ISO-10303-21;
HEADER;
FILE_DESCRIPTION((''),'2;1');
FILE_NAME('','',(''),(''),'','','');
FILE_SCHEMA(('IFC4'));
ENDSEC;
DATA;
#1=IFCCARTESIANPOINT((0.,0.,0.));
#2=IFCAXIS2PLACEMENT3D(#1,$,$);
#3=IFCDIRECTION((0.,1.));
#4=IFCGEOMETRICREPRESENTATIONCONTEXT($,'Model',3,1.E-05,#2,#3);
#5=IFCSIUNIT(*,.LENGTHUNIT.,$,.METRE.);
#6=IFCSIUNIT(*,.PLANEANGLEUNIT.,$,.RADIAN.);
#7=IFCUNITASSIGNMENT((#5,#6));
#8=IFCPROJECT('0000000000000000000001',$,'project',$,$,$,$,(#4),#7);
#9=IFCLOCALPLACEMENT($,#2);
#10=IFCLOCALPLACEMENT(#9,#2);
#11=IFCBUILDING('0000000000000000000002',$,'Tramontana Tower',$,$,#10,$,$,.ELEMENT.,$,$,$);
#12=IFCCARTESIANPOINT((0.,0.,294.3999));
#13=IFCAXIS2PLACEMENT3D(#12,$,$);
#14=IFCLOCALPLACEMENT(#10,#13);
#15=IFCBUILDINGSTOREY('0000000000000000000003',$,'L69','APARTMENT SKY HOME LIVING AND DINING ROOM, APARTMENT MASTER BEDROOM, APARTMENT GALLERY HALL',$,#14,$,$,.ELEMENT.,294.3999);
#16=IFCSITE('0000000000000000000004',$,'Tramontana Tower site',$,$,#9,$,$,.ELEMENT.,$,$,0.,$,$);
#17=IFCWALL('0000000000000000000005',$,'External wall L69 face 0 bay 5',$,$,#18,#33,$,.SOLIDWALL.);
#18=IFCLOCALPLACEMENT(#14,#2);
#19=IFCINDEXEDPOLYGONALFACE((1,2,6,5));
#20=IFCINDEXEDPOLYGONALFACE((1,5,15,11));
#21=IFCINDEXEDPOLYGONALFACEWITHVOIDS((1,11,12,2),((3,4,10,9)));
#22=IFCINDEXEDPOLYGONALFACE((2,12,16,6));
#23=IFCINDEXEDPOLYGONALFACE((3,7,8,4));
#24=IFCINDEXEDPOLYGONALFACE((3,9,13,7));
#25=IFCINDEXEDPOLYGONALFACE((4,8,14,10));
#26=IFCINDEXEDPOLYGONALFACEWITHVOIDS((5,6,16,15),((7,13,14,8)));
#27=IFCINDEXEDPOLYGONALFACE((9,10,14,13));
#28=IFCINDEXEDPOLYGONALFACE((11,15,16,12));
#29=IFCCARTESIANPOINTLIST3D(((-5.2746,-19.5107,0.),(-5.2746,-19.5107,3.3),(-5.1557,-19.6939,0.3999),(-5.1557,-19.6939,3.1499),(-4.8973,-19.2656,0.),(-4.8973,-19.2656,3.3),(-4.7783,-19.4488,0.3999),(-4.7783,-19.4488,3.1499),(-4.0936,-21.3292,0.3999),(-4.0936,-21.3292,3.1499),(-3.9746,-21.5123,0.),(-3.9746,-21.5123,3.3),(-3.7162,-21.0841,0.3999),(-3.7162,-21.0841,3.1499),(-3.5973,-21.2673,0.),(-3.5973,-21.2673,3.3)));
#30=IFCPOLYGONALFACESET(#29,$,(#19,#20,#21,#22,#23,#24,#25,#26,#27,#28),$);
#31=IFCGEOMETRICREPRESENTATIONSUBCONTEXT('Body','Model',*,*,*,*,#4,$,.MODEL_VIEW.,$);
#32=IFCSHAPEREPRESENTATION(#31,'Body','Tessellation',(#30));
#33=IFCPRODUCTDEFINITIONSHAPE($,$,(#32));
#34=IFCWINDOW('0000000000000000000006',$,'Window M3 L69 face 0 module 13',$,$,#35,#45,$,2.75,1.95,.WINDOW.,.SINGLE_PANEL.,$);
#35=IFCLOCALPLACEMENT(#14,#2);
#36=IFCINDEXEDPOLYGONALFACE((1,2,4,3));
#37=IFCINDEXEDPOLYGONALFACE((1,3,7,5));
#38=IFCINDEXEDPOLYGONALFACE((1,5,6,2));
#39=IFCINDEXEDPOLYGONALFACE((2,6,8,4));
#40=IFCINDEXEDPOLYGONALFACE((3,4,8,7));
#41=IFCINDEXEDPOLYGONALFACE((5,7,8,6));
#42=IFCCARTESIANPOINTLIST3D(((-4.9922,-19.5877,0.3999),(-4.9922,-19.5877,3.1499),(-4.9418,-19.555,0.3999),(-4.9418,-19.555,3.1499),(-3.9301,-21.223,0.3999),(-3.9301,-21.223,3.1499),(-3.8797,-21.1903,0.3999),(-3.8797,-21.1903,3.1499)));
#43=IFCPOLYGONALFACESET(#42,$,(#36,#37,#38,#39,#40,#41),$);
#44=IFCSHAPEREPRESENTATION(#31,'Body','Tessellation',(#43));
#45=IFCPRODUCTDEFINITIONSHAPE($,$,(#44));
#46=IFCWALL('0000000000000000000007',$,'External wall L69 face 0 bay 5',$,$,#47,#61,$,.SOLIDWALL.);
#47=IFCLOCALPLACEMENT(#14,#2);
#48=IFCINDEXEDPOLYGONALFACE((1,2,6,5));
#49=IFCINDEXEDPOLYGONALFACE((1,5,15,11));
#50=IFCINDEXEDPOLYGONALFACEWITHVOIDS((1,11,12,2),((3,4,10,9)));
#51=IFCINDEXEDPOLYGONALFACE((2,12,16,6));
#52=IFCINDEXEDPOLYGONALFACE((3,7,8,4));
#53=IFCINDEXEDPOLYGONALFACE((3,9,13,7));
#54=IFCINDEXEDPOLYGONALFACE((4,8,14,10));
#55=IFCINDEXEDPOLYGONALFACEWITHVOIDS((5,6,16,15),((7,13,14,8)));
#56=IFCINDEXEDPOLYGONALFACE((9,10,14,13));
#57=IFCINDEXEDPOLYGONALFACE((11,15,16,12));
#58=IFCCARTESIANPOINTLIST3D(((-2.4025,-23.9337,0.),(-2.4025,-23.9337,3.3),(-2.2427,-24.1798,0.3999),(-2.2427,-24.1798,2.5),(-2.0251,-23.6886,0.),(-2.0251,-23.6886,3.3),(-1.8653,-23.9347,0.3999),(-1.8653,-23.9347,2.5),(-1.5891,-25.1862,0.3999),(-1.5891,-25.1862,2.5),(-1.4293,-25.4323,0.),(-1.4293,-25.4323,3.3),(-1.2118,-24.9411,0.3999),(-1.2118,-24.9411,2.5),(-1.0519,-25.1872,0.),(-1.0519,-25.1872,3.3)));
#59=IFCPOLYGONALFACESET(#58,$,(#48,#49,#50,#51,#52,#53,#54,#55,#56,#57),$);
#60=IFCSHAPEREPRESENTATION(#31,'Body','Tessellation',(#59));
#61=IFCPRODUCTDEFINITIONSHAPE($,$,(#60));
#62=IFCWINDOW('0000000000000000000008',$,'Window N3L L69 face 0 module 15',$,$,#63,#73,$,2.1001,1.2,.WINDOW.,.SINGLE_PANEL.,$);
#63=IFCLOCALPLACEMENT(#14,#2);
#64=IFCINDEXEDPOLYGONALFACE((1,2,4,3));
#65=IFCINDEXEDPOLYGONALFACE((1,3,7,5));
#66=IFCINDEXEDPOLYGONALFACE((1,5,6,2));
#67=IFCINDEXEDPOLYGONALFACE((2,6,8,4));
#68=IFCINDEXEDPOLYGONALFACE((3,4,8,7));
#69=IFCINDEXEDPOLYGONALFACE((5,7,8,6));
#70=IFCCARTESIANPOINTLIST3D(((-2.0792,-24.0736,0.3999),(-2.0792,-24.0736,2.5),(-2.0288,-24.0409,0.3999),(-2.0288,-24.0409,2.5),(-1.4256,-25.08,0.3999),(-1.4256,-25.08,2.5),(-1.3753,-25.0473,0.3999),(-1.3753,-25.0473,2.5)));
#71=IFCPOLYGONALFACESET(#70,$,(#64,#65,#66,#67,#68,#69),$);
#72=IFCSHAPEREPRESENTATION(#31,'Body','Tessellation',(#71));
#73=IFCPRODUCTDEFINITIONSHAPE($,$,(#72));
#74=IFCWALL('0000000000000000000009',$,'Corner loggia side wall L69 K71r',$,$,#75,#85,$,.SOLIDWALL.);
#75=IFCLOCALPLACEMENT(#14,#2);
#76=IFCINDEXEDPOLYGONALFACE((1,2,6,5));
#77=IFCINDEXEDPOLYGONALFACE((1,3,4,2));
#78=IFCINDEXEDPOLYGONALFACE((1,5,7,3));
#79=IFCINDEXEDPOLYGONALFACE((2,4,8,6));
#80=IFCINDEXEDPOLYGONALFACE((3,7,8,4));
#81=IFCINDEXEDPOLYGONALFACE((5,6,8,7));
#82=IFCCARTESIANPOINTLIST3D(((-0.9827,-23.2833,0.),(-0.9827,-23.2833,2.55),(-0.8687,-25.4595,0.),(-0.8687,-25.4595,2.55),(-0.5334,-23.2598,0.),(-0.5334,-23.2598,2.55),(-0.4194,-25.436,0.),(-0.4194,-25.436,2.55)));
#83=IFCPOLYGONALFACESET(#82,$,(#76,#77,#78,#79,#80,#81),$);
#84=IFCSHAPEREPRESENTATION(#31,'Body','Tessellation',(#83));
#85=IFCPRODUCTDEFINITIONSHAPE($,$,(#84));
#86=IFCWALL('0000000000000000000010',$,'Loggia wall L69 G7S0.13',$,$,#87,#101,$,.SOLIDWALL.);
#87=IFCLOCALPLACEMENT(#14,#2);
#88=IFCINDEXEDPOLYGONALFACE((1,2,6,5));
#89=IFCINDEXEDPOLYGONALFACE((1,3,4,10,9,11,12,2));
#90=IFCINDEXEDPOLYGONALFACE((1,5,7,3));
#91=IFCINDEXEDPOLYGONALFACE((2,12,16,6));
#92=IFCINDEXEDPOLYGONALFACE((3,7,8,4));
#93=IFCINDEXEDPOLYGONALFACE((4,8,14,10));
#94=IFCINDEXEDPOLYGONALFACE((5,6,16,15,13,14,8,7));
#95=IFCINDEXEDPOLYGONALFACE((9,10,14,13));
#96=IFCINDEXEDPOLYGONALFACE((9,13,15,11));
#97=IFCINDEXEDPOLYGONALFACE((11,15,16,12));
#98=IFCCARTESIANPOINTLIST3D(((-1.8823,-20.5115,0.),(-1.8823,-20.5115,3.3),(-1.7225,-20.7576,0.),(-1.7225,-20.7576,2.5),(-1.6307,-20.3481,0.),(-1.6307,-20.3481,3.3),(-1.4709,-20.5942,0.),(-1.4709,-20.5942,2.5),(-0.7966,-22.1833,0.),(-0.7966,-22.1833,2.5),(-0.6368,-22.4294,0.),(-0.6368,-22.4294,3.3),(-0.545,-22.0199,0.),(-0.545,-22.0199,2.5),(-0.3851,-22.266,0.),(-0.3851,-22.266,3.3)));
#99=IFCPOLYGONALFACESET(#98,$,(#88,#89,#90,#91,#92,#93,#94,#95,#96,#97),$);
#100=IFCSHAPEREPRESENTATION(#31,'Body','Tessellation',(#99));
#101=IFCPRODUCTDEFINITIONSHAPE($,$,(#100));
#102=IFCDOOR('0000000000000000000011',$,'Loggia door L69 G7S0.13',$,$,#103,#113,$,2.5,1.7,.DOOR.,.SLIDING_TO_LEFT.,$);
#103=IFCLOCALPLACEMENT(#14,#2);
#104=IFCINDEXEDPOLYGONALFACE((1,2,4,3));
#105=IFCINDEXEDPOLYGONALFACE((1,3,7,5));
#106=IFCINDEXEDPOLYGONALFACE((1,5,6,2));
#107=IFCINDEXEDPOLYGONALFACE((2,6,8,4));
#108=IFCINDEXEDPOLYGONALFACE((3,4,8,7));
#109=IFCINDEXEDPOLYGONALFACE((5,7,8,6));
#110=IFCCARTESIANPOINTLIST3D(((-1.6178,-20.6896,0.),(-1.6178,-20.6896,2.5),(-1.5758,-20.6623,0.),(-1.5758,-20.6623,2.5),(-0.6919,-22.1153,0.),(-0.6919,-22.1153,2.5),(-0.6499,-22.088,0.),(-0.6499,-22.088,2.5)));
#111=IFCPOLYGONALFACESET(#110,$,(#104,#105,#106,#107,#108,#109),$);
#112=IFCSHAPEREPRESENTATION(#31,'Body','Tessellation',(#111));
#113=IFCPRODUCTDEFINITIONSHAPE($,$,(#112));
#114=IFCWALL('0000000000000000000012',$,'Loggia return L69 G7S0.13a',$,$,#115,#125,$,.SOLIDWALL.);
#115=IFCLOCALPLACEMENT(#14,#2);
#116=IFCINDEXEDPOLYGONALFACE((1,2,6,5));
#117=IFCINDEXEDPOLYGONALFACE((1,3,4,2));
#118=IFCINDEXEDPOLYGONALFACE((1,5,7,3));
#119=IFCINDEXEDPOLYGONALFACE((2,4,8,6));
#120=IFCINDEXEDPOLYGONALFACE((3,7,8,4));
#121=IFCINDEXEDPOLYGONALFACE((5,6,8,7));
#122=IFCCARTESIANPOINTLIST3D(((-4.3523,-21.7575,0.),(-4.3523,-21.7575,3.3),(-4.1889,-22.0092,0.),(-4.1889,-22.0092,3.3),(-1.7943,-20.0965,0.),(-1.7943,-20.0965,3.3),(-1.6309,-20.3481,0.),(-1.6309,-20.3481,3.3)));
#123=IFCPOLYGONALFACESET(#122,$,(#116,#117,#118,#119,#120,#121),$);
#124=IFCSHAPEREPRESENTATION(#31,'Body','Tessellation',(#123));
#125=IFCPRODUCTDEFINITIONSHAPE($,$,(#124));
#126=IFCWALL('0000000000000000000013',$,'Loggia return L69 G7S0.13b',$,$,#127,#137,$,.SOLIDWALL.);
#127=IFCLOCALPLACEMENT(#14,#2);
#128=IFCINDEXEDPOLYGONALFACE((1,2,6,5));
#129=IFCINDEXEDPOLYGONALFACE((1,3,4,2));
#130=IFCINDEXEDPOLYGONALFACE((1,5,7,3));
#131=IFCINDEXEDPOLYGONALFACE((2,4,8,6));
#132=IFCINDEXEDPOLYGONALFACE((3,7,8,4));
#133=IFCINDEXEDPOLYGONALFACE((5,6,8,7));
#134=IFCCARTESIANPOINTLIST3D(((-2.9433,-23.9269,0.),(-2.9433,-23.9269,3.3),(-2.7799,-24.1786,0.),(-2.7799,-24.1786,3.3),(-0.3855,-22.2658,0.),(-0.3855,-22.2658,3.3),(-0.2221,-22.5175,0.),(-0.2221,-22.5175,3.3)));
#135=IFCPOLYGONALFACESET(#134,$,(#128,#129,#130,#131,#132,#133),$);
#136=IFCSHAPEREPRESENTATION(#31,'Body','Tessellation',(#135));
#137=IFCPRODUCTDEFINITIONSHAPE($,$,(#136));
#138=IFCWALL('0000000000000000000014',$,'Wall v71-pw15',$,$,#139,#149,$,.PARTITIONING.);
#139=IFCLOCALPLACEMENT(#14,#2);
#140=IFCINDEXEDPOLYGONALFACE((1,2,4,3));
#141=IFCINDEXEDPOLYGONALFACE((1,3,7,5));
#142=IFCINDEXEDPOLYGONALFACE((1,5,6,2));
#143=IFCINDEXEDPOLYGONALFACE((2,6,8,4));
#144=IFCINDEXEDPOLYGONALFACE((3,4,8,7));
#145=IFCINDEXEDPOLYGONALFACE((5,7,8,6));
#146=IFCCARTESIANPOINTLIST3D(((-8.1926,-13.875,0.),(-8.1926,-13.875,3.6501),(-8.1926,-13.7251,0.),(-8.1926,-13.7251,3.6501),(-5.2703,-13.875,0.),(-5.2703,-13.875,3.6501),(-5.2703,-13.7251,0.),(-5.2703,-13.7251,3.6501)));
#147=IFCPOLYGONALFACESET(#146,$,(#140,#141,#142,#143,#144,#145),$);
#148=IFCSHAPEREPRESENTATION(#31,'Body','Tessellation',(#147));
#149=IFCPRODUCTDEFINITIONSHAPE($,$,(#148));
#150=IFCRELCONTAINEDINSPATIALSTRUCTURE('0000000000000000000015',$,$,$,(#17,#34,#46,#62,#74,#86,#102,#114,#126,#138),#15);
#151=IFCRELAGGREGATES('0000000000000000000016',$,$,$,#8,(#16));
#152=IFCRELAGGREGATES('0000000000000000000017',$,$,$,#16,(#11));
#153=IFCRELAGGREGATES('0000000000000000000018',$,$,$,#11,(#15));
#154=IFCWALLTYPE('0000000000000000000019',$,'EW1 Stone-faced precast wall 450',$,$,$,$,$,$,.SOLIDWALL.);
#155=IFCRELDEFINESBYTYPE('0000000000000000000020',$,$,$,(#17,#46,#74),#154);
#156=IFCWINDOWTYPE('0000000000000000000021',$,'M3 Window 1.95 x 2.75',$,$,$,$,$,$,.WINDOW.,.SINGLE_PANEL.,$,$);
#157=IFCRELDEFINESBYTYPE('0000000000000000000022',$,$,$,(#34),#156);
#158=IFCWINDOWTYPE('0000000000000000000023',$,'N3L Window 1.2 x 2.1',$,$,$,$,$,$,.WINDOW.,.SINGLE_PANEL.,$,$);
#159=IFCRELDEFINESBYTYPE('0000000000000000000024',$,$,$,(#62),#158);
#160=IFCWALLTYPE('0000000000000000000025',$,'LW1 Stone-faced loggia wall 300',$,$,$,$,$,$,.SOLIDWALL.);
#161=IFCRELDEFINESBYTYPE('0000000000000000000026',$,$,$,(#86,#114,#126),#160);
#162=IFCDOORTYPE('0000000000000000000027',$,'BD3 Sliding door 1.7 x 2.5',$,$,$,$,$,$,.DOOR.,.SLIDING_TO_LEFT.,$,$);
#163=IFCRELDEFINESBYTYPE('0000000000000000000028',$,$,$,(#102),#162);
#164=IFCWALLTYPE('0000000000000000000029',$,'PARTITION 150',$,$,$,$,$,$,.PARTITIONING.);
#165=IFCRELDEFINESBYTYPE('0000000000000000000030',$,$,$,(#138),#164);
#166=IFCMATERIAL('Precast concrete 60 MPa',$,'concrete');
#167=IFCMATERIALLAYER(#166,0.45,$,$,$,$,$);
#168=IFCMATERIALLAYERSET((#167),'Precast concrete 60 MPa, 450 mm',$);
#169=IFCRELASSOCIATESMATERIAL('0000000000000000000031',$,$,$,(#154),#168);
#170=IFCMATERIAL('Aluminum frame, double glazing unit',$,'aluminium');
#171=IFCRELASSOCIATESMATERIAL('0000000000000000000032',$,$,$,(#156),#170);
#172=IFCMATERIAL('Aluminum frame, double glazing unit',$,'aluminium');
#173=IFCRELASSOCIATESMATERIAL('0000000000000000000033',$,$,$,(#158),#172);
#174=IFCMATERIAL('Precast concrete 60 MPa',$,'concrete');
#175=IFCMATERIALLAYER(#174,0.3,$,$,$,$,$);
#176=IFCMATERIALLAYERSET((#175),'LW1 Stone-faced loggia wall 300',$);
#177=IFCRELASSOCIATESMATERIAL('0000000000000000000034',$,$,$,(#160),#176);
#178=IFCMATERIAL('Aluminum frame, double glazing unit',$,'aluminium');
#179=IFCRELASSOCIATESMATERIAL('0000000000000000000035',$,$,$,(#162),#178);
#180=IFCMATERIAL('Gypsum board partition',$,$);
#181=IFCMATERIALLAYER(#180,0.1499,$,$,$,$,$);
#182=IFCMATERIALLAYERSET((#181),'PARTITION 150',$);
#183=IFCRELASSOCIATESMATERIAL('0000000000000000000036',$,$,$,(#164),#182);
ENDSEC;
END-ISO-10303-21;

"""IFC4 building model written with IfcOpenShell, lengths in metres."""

from ifc_helpers import new_model, si_unit, direction, frame, frame_2d, origin, place, context, subcontext, project, spatial, rectangle, extrude, material, layer, layer_set, type_object, element, fill, save


model = new_model("IFC4")

# Units and contexts
model_context = context("Model", 3, precision=1e-05, world=origin(), true_north=direction((0.0, 1.0)))
body_context = subcontext(model_context, "Body", "Model", "MODEL_VIEW")
ifc_project = project(units=[si_unit("LENGTHUNIT", "METRE"), si_unit("PLANEANGLEUNIT", "RADIAN")], contexts=[model_context])

# Site, building, storey
site_placement = place(None, origin())
site = spatial("IfcSite", under=ifc_project, at=site_placement, Name="Tramontana Tower site", CompositionType="ELEMENT", RefElevation=0.0)
building_placement = place(site_placement, origin())
building = spatial("IfcBuilding", under=site, at=building_placement, Name="Tramontana Tower", CompositionType="ELEMENT")
storey_placement = place(building_placement, frame((0.0, 0.0, 294.3999)))
storey = spatial("IfcBuildingStorey", under=building, at=storey_placement, Name="L69", Description="APARTMENT SKY HOME LIVING AND DINING ROOM, APARTMENT MASTER BEDROOM, APARTMENT GALLERY HALL", CompositionType="ELEMENT", Elevation=294.3999)

# Shared definitions
ifc_material_1 = material(Name="Precast concrete 60 MPa", Category="concrete")
ifc_layer_1 = layer(ifc_material_1, 0.45)
ifc_layer_set_1 = layer_set([ifc_layer_1], Name="Precast concrete 60 MPa, 450 mm")
wall_type_1 = type_object("IfcWallType", Name="EW1 Stone-faced precast wall 450", PredefinedType="SOLIDWALL", material=ifc_layer_set_1)
ifc_material_2 = material(Name="Aluminum frame, double glazing unit", Category="aluminium")
window_type_1 = type_object("IfcWindowType", Name="M3 Window 1.95 x 2.75", PartitioningType="SINGLE_PANEL", PredefinedType="WINDOW", material=ifc_material_2)

# Walls, openings, windows
wall_1_placement = place(storey_placement, frame((-5.0859, -19.3882, 0.0), z_axis=(0.0, 0.0, 1.0), x_axis=(0.544676, -0.838647, 0.0)))
wall_1 = element("IfcWall", 1, at=wall_1_placement, inside=storey, type_object=wall_type_1, Name="External wall L69 face 0 bay 5", PredefinedType="SOLIDWALL", context=body_context, shape_type="SweptSolid", body=[
    extrude(rectangle(XDim=2.3867, YDim=0.45, at=frame_2d((1.1934, 0.0))), origin(), (0.0, 0.0, 1.0), 3.3),
])
opening_1_placement = place(wall_1_placement, frame((0.2183, 0.0, 0.3999)))
opening_1 = element("IfcOpeningElement", 2, at=opening_1_placement, cuts=wall_1, PredefinedType="OPENING", context=body_context, shape_type="SweptSolid", body=[
    extrude(rectangle(XDim=1.95, YDim=2.75, at=frame_2d((0.9751, 1.375))), frame((0.0, 0.2349, 0.0), z_axis=(0.0, -1.0, 0.0), x_axis=(1.0, 0.0, 0.0)), (0.0, 0.0, 1.0), 0.47),
])
window_1_placement = place(opening_1_placement, origin())
window_1 = element("IfcWindow", 3, at=window_1_placement, inside=storey, type_object=window_type_1, Name="Window M3 L69 face 0 module 13", OverallHeight=2.75, OverallWidth=1.95, PartitioningType="SINGLE_PANEL", PredefinedType="WINDOW", context=body_context, shape_type="SweptSolid", body=[
    extrude(rectangle(XDim=1.95, YDim=2.75, at=frame_2d((0.9751, 1.375))), frame((0.0, 0.03, 0.0), z_axis=(0.0, -1.0, 0.0), x_axis=(1.0, 0.0, 0.0)), (0.0, 0.0, 1.0), 0.0601),
])
fill(opening_1, window_1)
wall_2_placement = place(storey_placement, frame((-2.2139, -23.811, 0.0), z_axis=(0.0, 0.0, 1.0), x_axis=(0.544633, -0.838675, 0.0)))
wall_2 = element("IfcWall", 4, at=wall_2_placement, inside=storey, type_object=wall_type_1, Name="External wall L69 face 0 bay 5", PredefinedType="SOLIDWALL", context=body_context, shape_type="SweptSolid", body=[
    extrude(rectangle(XDim=1.7869, YDim=0.45, at=frame_2d((0.8936, 0.0))), origin(), (0.0, 0.0, 1.0), 3.3),
])
opening_2_placement = place(wall_2_placement, frame((0.2935, 0.0, 0.3999)))
opening_2 = element("IfcOpeningElement", 5, at=opening_2_placement, cuts=wall_2, PredefinedType="OPENING", context=body_context, shape_type="SweptSolid", body=[
    extrude(rectangle(XDim=1.2, YDim=2.1001, at=frame_2d((0.6001, 1.05))), frame((0.0, 0.2349, 0.0), z_axis=(0.0, -1.0, 0.0), x_axis=(1.0, 0.0, 0.0)), (0.0, 0.0, 1.0), 0.47),
])
ifc_material_3 = material(Name="Aluminum frame, double glazing unit", Category="aluminium")
window_type_2 = type_object("IfcWindowType", Name="N3L Window 1.2 x 2.1", PartitioningType="SINGLE_PANEL", PredefinedType="WINDOW", material=ifc_material_3)
window_2_placement = place(opening_2_placement, origin())
window_2 = element("IfcWindow", 6, at=window_2_placement, inside=storey, type_object=window_type_2, Name="Window N3L L69 face 0 module 15", OverallHeight=2.1001, OverallWidth=1.2, PartitioningType="SINGLE_PANEL", PredefinedType="WINDOW", context=body_context, shape_type="SweptSolid", body=[
    extrude(rectangle(XDim=1.2, YDim=2.1001, at=frame_2d((0.6001, 1.05))), frame((0.0, 0.03, 0.0), z_axis=(0.0, -1.0, 0.0), x_axis=(1.0, 0.0, 0.0)), (0.0, 0.0, 1.0), 0.0601),
])
fill(opening_2, window_2)

# Wall
wall_3_placement = place(storey_placement, frame((-0.644, -25.4478, 0.0), z_axis=(0.0, 0.0, 1.0), x_axis=(-0.052318, 0.99863, 0.0)))
element("IfcWall", 7, at=wall_3_placement, inside=storey, type_object=wall_type_1, Name="Corner loggia side wall L69 K71r", PredefinedType="SOLIDWALL", context=body_context, shape_type="SweptSolid", body=[
    extrude(rectangle(XDim=2.1792, YDim=0.45, at=frame_2d((1.0896, 0.0))), origin(), (0.0, 0.0, 1.0), 2.55),
])

# Wall, opening, door
ifc_material_4 = material(Name="Precast concrete 60 MPa", Category="concrete")
ifc_layer_2 = layer(ifc_material_4, 0.3)
ifc_layer_set_2 = layer_set([ifc_layer_2], Name="LW1 Stone-faced loggia wall 300")
wall_type_2 = type_object("IfcWallType", Name="LW1 Stone-faced loggia wall 300", PredefinedType="SOLIDWALL", material=ifc_layer_set_2)
wall_4_placement = place(storey_placement, frame((-1.7566, -20.4297, 0.0), z_axis=(0.0, 0.0, 1.0), x_axis=(0.544658, -0.838658, 0.0)))
wall_4 = element("IfcWall", 8, at=wall_4_placement, inside=storey, type_object=wall_type_2, Name="Loggia wall L69 G7S0.13", PredefinedType="SOLIDWALL", context=body_context, shape_type="SweptSolid", body=[
    extrude(rectangle(XDim=2.2869, YDim=0.3, at=frame_2d((1.1436, 0.0))), origin(), (0.0, 0.0, 1.0), 3.3),
])
opening_3_placement = place(wall_4_placement, frame((0.2935, 0.0, 0.0)))
opening_3 = element("IfcOpeningElement", 9, at=opening_3_placement, cuts=wall_4, PredefinedType="OPENING", context=body_context, shape_type="SweptSolid", body=[
    extrude(rectangle(XDim=1.7, YDim=2.5, at=frame_2d((0.8501, 1.25))), frame((0.0, 0.1599, 0.0), z_axis=(0.0, -1.0, 0.0), x_axis=(1.0, 0.0, 0.0)), (0.0, 0.0, 1.0), 0.3201),
])
ifc_material_5 = material(Name="Aluminum frame, double glazing unit", Category="aluminium")
door_type_1 = type_object("IfcDoorType", Name="BD3 Sliding door 1.7 x 2.5", OperationType="SLIDING_TO_LEFT", PredefinedType="DOOR", material=ifc_material_5)
door_1_placement = place(opening_3_placement, origin())
door_1 = element("IfcDoor", 10, at=door_1_placement, inside=storey, type_object=door_type_1, Name="Loggia door L69 G7S0.13", OperationType="SLIDING_TO_LEFT", OverallHeight=2.5, OverallWidth=1.7, PredefinedType="DOOR", context=body_context, shape_type="SweptSolid", body=[
    extrude(rectangle(XDim=1.7, YDim=2.5, at=frame_2d((0.8501, 1.25))), frame((0.0, 0.0249, 0.0), z_axis=(0.0, -1.0, 0.0), x_axis=(1.0, 0.0, 0.0)), (0.0, 0.0, 1.0), 0.05),
])
fill(opening_3, door_1)

# Walls
wall_5_placement = place(storey_placement, frame((-4.2705, -21.8833, 0.0), z_axis=(0.0, 0.0, 1.0), x_axis=(0.838689, 0.544611, 0.0)))
element("IfcWall", 11, at=wall_5_placement, inside=storey, type_object=wall_type_2, Name="Loggia return L69 G7S0.13a", PredefinedType="SOLIDWALL", context=body_context, shape_type="SweptSolid", body=[
    extrude(rectangle(XDim=3.05, YDim=0.3, at=frame_2d((1.5249, 0.0))), origin(), (0.0, 0.0, 1.0), 3.3),
])
wall_6_placement = place(storey_placement, frame((-2.8616, -24.0527, 0.0), z_axis=(0.0, 0.0, 1.0), x_axis=(0.838665, 0.544648, 0.0)))
element("IfcWall", 12, at=wall_6_placement, inside=storey, type_object=wall_type_2, Name="Loggia return L69 G7S0.13b", PredefinedType="SOLIDWALL", context=body_context, shape_type="SweptSolid", body=[
    extrude(rectangle(XDim=3.0498, YDim=0.3, at=frame_2d((1.5249, 0.0))), origin(), (0.0, 0.0, 1.0), 3.3),
])
ifc_material_6 = material(Name="Gypsum board partition")
ifc_layer_3 = layer(ifc_material_6, 0.1499)
ifc_layer_set_3 = layer_set([ifc_layer_3], Name="PARTITION 150")
wall_type_3 = type_object("IfcWallType", Name="PARTITION 150", PredefinedType="PARTITIONING", material=ifc_layer_set_3)
wall_7_placement = place(storey_placement, frame((-5.2703, -13.8, 0.0), z_axis=(0.0, 0.0, 1.0), x_axis=(-1.0, 0.0, 0.0)))
element("IfcWall", 13, at=wall_7_placement, inside=storey, type_object=wall_type_3, Name="Wall v71-pw15", PredefinedType="PARTITIONING", context=body_context, shape_type="SweptSolid", body=[
    extrude(rectangle(XDim=2.9224, YDim=0.1499, at=frame_2d((1.4612, 0.0))), origin(), (0.0, 0.0, 1.0), 3.6501),
])

save(model, "model.ifc")
